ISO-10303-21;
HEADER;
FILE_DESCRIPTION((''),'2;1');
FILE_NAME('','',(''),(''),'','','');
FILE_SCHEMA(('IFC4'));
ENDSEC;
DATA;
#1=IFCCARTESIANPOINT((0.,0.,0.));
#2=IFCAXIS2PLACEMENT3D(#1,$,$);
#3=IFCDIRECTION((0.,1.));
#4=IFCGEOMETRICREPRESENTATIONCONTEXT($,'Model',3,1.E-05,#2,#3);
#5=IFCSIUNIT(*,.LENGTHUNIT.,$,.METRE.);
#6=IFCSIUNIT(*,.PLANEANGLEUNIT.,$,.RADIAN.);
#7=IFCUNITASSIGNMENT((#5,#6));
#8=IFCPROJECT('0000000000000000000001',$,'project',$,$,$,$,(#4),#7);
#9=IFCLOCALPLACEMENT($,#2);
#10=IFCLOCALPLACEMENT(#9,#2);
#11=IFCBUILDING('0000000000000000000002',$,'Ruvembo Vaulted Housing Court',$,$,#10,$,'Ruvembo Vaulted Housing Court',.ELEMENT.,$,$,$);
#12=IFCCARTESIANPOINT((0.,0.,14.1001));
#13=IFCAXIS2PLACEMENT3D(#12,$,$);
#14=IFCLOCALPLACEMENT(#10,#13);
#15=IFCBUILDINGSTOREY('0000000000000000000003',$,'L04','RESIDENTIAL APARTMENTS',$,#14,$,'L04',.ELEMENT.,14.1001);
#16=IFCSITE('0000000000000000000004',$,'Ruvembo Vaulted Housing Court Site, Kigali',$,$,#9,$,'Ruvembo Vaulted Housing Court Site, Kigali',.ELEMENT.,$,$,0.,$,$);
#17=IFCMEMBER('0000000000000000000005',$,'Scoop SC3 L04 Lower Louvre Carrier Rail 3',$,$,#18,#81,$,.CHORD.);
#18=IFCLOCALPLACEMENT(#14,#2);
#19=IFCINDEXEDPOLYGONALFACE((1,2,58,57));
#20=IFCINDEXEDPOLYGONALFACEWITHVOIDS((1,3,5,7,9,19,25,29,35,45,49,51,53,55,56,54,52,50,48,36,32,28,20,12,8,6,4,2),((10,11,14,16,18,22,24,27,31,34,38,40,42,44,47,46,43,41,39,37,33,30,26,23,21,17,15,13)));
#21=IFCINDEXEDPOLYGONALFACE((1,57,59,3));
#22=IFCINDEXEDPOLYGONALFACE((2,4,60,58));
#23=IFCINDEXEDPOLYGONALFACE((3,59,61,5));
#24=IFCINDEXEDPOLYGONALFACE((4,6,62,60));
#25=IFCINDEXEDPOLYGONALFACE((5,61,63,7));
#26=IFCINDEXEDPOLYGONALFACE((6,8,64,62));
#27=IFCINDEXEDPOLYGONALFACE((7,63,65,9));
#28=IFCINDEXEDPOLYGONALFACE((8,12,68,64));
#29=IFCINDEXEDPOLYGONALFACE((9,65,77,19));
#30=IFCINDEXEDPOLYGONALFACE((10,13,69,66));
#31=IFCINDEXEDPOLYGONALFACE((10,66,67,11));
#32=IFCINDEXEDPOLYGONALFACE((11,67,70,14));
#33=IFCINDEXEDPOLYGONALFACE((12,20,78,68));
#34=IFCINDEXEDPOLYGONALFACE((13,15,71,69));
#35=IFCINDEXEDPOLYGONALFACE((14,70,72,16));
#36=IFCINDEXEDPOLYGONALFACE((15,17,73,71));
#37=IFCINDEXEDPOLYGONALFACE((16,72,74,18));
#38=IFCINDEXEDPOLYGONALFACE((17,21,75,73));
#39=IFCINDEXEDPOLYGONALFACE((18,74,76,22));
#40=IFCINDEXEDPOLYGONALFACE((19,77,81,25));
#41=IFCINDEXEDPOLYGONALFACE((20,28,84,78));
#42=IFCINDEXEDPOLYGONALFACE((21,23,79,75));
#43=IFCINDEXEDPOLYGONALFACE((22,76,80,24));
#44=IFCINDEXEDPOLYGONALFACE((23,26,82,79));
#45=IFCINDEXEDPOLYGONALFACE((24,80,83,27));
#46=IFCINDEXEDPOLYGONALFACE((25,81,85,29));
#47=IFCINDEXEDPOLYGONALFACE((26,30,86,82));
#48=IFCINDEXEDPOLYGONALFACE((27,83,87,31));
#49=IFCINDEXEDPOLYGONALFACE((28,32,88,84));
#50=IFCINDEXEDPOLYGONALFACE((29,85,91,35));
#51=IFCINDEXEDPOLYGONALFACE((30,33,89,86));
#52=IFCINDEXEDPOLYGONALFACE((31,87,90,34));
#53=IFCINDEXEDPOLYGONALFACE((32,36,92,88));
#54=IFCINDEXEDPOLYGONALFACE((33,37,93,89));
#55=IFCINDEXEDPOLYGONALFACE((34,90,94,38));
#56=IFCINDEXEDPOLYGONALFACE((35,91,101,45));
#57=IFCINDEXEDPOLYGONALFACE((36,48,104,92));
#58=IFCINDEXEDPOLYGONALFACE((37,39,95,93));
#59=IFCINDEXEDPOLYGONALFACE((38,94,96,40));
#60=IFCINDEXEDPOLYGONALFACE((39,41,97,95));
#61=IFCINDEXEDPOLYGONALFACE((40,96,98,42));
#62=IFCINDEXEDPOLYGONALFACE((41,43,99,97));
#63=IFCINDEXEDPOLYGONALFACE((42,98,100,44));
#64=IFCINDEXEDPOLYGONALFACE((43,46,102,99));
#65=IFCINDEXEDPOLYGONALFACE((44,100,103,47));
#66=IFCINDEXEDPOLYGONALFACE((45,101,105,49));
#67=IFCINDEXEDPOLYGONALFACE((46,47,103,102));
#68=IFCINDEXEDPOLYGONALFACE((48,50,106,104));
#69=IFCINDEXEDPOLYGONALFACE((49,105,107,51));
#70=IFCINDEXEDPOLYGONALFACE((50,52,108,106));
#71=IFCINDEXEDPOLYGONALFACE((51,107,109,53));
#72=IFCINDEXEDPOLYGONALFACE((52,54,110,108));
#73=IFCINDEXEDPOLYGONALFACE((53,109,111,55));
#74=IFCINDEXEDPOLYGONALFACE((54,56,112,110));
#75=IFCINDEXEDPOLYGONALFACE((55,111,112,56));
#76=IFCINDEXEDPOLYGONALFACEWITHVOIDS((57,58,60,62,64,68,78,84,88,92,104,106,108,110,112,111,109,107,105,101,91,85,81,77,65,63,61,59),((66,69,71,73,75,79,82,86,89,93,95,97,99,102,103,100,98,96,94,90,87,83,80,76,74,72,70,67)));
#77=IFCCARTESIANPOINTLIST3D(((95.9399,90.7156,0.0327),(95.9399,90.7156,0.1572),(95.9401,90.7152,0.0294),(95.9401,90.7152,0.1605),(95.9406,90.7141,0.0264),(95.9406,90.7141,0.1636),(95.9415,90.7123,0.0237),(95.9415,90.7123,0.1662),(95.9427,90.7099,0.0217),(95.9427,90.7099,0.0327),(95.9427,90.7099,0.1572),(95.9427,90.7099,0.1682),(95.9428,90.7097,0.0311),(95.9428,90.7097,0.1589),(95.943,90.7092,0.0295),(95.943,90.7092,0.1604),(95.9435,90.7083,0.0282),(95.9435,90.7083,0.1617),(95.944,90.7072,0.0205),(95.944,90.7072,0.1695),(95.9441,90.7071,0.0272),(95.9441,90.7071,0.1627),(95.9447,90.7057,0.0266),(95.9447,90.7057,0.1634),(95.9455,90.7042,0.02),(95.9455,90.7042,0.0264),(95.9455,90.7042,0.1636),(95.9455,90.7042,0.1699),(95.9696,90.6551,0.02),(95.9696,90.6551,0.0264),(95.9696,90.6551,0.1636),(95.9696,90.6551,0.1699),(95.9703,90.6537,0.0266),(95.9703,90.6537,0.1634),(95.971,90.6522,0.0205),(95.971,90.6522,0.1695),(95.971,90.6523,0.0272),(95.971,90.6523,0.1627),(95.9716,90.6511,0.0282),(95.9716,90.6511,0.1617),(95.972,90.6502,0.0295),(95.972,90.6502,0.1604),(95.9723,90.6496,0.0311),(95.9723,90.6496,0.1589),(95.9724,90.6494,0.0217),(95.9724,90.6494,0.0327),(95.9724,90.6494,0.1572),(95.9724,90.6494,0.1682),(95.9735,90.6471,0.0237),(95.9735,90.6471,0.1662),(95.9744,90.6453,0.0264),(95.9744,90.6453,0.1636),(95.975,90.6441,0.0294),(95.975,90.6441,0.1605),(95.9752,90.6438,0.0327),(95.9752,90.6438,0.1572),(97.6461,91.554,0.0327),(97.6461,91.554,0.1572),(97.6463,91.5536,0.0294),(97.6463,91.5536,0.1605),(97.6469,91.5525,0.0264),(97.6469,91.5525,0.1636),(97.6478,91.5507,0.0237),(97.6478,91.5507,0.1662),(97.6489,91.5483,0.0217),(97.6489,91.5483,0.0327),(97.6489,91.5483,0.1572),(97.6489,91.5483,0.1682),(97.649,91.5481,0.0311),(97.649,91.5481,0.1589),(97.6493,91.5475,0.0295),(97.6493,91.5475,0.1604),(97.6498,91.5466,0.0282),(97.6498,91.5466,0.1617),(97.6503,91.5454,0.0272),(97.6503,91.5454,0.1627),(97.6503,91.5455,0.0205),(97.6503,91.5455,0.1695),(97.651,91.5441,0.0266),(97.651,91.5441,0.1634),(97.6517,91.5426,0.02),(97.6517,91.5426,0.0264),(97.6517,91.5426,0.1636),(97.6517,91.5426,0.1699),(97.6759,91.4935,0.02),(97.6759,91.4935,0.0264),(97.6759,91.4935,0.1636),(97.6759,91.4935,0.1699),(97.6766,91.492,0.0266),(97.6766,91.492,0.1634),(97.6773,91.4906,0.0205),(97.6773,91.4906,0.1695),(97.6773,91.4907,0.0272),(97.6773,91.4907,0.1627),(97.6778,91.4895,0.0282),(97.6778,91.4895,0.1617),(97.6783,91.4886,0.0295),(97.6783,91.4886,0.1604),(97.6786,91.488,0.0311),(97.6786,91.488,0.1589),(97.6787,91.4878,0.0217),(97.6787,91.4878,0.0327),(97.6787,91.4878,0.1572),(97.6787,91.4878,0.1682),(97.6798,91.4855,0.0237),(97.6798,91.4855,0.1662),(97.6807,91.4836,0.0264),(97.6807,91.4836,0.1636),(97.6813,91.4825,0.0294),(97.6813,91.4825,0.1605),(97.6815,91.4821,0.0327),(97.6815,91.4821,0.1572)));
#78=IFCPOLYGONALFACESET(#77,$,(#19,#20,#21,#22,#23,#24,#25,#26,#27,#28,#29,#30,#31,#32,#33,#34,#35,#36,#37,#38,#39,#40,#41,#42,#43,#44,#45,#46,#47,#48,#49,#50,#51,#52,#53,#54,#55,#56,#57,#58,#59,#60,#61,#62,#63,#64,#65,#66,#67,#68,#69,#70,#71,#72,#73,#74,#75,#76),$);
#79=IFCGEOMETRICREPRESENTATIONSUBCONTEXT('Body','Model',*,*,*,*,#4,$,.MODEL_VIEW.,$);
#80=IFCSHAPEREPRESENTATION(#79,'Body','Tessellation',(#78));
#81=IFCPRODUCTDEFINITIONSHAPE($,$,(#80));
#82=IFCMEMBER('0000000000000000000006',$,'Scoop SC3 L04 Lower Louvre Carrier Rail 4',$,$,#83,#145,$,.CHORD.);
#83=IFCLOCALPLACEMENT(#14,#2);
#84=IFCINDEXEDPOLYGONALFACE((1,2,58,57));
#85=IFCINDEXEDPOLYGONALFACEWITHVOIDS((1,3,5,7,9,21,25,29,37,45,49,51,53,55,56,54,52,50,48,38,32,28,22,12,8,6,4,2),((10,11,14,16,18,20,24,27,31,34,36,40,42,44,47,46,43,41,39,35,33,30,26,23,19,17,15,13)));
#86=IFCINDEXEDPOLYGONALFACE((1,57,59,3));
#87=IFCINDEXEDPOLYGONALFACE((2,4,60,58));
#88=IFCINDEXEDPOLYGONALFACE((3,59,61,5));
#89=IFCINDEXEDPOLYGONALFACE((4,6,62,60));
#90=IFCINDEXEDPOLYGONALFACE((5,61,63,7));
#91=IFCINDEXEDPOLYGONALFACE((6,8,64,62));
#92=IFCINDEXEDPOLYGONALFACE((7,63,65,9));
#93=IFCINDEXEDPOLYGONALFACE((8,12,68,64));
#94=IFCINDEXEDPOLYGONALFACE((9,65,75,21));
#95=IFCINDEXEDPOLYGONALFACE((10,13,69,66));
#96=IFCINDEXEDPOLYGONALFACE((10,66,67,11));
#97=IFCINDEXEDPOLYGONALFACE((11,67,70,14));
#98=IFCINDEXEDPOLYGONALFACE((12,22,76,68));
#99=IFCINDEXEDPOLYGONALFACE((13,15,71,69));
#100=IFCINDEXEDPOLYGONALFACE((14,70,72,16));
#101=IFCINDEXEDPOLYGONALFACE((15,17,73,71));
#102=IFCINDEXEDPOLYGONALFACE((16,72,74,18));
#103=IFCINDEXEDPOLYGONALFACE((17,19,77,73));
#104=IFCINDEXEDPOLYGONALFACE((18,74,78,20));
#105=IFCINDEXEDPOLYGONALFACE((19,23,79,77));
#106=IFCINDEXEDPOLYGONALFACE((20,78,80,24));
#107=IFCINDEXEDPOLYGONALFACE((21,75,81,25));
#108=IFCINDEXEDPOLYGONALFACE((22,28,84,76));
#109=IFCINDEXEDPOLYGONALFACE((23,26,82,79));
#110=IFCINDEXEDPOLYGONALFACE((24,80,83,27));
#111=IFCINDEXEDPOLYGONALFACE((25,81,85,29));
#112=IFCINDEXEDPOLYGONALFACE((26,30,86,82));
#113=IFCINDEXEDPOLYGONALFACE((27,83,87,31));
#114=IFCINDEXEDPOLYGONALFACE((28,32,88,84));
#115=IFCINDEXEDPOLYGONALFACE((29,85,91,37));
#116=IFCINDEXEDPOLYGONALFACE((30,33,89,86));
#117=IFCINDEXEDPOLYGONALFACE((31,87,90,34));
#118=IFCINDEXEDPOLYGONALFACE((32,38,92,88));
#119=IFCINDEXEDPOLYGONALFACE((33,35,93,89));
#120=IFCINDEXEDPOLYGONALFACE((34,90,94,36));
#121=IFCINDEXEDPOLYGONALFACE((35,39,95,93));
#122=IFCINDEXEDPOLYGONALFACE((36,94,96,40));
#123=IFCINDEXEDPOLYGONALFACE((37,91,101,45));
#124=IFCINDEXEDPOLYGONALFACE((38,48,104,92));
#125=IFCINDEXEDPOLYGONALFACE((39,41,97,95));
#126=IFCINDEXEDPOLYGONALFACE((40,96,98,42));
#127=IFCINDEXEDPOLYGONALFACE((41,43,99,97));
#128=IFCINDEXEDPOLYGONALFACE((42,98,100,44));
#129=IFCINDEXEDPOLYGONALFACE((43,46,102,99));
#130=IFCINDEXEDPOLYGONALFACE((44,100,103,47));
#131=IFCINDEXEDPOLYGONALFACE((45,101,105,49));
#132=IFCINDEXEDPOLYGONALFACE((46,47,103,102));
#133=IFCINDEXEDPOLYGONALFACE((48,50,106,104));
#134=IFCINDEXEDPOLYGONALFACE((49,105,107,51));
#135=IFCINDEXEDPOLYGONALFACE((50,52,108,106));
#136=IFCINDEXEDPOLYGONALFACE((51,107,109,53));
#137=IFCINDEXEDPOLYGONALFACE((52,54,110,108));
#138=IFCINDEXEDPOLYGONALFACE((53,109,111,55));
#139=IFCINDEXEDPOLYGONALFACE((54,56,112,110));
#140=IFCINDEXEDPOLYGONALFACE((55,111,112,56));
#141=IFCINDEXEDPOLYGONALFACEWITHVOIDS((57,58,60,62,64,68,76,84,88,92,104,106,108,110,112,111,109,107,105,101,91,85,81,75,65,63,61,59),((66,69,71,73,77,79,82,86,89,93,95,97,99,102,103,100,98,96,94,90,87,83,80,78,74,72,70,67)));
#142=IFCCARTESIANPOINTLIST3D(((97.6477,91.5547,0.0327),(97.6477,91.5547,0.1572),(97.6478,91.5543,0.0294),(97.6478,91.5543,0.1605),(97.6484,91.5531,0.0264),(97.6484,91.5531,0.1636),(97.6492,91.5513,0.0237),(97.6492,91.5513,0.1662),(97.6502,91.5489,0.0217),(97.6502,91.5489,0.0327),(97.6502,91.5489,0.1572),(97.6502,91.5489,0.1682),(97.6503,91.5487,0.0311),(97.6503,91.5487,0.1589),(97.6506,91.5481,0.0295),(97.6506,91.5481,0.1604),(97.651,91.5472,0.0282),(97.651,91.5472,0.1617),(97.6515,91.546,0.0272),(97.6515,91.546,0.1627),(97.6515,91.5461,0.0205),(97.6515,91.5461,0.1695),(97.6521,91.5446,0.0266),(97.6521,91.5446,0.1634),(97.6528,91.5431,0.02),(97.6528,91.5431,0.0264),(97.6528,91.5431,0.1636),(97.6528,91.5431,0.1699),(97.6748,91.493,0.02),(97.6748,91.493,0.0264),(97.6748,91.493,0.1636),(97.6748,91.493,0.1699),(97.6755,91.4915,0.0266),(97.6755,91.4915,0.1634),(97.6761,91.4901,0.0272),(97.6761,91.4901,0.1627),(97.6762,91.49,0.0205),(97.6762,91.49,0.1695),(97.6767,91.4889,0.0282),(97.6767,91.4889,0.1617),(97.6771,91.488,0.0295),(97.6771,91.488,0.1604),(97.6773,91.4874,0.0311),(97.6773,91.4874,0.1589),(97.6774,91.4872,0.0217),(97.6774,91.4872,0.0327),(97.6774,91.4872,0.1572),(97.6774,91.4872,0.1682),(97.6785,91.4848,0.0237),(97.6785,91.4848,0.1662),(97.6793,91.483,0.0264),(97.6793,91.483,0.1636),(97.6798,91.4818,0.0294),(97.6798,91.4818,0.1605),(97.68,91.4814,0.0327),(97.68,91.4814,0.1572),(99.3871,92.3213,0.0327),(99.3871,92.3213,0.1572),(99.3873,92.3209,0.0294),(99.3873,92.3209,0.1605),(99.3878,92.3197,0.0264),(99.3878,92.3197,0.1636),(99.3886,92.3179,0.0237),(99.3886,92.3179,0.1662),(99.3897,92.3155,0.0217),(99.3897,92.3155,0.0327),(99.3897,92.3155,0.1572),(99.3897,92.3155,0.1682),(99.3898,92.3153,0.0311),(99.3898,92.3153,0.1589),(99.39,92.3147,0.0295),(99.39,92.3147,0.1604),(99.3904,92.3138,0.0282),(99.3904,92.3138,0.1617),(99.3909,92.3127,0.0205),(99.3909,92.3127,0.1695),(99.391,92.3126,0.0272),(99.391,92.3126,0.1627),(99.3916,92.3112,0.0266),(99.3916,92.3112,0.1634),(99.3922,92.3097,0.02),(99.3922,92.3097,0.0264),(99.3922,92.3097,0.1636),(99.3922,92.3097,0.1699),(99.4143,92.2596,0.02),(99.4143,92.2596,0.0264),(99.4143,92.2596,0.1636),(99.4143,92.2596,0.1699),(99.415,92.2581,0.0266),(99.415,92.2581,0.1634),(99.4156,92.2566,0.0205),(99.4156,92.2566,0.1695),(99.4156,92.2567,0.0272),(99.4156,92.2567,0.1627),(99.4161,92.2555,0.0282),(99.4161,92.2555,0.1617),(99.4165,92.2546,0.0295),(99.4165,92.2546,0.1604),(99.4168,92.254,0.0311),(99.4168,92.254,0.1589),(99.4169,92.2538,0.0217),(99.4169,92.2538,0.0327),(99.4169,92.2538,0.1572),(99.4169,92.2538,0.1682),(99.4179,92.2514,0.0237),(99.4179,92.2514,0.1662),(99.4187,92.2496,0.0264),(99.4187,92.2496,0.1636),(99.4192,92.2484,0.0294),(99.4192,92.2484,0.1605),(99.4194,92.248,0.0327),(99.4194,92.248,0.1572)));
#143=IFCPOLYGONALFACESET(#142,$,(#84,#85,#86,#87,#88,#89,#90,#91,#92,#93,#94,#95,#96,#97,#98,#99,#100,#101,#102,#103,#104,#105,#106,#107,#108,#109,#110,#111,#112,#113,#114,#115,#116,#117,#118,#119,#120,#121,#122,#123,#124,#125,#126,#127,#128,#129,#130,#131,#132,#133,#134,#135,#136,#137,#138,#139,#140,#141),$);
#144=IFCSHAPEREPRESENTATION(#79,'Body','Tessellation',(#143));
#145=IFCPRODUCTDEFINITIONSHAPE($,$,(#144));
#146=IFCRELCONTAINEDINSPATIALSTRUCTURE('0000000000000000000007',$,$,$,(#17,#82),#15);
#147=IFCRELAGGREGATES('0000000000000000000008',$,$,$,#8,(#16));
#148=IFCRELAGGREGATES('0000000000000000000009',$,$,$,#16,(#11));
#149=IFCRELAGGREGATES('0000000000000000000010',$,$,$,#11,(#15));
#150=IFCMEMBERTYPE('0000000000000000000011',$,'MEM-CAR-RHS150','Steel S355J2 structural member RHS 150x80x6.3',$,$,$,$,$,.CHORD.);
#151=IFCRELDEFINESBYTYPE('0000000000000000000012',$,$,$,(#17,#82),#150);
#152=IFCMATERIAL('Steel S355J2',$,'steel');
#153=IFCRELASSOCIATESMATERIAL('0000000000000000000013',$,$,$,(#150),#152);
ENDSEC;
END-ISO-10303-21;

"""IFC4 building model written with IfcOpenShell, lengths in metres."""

from ifc_helpers import new_model, si_unit, direction, frame, origin, origin_2d, place, context, subcontext, project, spatial, hollow_rectangle, extrude, material, material_profile, profile_set, type_object, element, save


model = new_model("IFC4")

# Units and contexts
model_context = context("Model", 3, precision=1e-05, world=origin(), true_north=direction((0.0, 1.0)))
body_context = subcontext(model_context, "Body", "Model", "MODEL_VIEW")
ifc_project = project(units=[si_unit("LENGTHUNIT", "METRE"), si_unit("PLANEANGLEUNIT", "RADIAN")], contexts=[model_context])

# Site, building, storey
site_placement = place(None, origin())
site = spatial("IfcSite", under=ifc_project, at=site_placement, Name="Ruvembo Vaulted Housing Court Site, Kigali", LongName="Ruvembo Vaulted Housing Court Site, Kigali", CompositionType="ELEMENT", RefElevation=0.0)
building_placement = place(site_placement, origin())
building = spatial("IfcBuilding", under=site, at=building_placement, Name="Ruvembo Vaulted Housing Court", LongName="Ruvembo Vaulted Housing Court", CompositionType="ELEMENT")
storey_placement = place(building_placement, frame((0.0, 0.0, 14.1001)))
storey = spatial("IfcBuildingStorey", under=building, at=storey_placement, Name="L04", Description="RESIDENTIAL APARTMENTS", LongName="L04", CompositionType="ELEMENT", Elevation=14.1001)

# Shared definitions
ifc_material_1 = material(Name="Steel S355J2", Category="steel")

# Members
ifc_material_profile_1 = material_profile(ifc_material_1, hollow_rectangle(XDim=0.0801, YDim=0.1499, WallThickness=0.0063, InnerFilletRadius=0.0063, OuterFilletRadius=0.0127, at=origin_2d()), Name="RHS 150x80x6.3")
ifc_profile_set_1 = profile_set([ifc_material_profile_1], Name="Steel S355J2")
member_type_1 = type_object("IfcMemberType", Name="MEM-CAR-RHS150", Description="Steel S355J2 structural member RHS 150x80x6.3", PredefinedType="CHORD", material=ifc_profile_set_1)
member_1_placement = place(storey_placement, frame((95.9575, 90.6797, 0.095), z_axis=(0.897513, 0.440987, 0.0), x_axis=(-0.440987, 0.897513, 0.0)))
element("IfcMember", 1, at=member_1_placement, inside=storey, type_object=member_type_1, Name="Scoop SC3 L04 Lower Louvre Carrier Rail 3", PredefinedType="CHORD", context=body_context, shape_type="SweptSolid", body=[
    extrude(hollow_rectangle(XDim=0.0801, YDim=0.1499, WallThickness=0.0063, InnerFilletRadius=0.0063, OuterFilletRadius=0.0127, at=origin_2d()), origin(), (0.0, 0.0, 1.0), 1.9011),
])
for number, where, z_axis, x_axis, name in (
    (2, (97.6638, 91.5181, 0.095), (0.915078, 0.403277, 0.0), (-0.403277, 0.915078, 0.0), "Scoop SC3 L04 Lower Louvre Carrier Rail 4"),
):
    element("IfcMember", number, at=place(storey_placement, frame(where, z_axis=z_axis, x_axis=x_axis)), inside=storey, type_object=member_type_1, Name=name, PredefinedType="CHORD", context=body_context, shape_type="SweptSolid", body=[
        extrude(hollow_rectangle(XDim=0.0801, YDim=0.1499, WallThickness=0.0063, InnerFilletRadius=0.0063, OuterFilletRadius=0.0127, at=origin_2d()), origin(), (0.0, 0.0, 1.0), 1.9009),
    ])

save(model, "model.ifc")
